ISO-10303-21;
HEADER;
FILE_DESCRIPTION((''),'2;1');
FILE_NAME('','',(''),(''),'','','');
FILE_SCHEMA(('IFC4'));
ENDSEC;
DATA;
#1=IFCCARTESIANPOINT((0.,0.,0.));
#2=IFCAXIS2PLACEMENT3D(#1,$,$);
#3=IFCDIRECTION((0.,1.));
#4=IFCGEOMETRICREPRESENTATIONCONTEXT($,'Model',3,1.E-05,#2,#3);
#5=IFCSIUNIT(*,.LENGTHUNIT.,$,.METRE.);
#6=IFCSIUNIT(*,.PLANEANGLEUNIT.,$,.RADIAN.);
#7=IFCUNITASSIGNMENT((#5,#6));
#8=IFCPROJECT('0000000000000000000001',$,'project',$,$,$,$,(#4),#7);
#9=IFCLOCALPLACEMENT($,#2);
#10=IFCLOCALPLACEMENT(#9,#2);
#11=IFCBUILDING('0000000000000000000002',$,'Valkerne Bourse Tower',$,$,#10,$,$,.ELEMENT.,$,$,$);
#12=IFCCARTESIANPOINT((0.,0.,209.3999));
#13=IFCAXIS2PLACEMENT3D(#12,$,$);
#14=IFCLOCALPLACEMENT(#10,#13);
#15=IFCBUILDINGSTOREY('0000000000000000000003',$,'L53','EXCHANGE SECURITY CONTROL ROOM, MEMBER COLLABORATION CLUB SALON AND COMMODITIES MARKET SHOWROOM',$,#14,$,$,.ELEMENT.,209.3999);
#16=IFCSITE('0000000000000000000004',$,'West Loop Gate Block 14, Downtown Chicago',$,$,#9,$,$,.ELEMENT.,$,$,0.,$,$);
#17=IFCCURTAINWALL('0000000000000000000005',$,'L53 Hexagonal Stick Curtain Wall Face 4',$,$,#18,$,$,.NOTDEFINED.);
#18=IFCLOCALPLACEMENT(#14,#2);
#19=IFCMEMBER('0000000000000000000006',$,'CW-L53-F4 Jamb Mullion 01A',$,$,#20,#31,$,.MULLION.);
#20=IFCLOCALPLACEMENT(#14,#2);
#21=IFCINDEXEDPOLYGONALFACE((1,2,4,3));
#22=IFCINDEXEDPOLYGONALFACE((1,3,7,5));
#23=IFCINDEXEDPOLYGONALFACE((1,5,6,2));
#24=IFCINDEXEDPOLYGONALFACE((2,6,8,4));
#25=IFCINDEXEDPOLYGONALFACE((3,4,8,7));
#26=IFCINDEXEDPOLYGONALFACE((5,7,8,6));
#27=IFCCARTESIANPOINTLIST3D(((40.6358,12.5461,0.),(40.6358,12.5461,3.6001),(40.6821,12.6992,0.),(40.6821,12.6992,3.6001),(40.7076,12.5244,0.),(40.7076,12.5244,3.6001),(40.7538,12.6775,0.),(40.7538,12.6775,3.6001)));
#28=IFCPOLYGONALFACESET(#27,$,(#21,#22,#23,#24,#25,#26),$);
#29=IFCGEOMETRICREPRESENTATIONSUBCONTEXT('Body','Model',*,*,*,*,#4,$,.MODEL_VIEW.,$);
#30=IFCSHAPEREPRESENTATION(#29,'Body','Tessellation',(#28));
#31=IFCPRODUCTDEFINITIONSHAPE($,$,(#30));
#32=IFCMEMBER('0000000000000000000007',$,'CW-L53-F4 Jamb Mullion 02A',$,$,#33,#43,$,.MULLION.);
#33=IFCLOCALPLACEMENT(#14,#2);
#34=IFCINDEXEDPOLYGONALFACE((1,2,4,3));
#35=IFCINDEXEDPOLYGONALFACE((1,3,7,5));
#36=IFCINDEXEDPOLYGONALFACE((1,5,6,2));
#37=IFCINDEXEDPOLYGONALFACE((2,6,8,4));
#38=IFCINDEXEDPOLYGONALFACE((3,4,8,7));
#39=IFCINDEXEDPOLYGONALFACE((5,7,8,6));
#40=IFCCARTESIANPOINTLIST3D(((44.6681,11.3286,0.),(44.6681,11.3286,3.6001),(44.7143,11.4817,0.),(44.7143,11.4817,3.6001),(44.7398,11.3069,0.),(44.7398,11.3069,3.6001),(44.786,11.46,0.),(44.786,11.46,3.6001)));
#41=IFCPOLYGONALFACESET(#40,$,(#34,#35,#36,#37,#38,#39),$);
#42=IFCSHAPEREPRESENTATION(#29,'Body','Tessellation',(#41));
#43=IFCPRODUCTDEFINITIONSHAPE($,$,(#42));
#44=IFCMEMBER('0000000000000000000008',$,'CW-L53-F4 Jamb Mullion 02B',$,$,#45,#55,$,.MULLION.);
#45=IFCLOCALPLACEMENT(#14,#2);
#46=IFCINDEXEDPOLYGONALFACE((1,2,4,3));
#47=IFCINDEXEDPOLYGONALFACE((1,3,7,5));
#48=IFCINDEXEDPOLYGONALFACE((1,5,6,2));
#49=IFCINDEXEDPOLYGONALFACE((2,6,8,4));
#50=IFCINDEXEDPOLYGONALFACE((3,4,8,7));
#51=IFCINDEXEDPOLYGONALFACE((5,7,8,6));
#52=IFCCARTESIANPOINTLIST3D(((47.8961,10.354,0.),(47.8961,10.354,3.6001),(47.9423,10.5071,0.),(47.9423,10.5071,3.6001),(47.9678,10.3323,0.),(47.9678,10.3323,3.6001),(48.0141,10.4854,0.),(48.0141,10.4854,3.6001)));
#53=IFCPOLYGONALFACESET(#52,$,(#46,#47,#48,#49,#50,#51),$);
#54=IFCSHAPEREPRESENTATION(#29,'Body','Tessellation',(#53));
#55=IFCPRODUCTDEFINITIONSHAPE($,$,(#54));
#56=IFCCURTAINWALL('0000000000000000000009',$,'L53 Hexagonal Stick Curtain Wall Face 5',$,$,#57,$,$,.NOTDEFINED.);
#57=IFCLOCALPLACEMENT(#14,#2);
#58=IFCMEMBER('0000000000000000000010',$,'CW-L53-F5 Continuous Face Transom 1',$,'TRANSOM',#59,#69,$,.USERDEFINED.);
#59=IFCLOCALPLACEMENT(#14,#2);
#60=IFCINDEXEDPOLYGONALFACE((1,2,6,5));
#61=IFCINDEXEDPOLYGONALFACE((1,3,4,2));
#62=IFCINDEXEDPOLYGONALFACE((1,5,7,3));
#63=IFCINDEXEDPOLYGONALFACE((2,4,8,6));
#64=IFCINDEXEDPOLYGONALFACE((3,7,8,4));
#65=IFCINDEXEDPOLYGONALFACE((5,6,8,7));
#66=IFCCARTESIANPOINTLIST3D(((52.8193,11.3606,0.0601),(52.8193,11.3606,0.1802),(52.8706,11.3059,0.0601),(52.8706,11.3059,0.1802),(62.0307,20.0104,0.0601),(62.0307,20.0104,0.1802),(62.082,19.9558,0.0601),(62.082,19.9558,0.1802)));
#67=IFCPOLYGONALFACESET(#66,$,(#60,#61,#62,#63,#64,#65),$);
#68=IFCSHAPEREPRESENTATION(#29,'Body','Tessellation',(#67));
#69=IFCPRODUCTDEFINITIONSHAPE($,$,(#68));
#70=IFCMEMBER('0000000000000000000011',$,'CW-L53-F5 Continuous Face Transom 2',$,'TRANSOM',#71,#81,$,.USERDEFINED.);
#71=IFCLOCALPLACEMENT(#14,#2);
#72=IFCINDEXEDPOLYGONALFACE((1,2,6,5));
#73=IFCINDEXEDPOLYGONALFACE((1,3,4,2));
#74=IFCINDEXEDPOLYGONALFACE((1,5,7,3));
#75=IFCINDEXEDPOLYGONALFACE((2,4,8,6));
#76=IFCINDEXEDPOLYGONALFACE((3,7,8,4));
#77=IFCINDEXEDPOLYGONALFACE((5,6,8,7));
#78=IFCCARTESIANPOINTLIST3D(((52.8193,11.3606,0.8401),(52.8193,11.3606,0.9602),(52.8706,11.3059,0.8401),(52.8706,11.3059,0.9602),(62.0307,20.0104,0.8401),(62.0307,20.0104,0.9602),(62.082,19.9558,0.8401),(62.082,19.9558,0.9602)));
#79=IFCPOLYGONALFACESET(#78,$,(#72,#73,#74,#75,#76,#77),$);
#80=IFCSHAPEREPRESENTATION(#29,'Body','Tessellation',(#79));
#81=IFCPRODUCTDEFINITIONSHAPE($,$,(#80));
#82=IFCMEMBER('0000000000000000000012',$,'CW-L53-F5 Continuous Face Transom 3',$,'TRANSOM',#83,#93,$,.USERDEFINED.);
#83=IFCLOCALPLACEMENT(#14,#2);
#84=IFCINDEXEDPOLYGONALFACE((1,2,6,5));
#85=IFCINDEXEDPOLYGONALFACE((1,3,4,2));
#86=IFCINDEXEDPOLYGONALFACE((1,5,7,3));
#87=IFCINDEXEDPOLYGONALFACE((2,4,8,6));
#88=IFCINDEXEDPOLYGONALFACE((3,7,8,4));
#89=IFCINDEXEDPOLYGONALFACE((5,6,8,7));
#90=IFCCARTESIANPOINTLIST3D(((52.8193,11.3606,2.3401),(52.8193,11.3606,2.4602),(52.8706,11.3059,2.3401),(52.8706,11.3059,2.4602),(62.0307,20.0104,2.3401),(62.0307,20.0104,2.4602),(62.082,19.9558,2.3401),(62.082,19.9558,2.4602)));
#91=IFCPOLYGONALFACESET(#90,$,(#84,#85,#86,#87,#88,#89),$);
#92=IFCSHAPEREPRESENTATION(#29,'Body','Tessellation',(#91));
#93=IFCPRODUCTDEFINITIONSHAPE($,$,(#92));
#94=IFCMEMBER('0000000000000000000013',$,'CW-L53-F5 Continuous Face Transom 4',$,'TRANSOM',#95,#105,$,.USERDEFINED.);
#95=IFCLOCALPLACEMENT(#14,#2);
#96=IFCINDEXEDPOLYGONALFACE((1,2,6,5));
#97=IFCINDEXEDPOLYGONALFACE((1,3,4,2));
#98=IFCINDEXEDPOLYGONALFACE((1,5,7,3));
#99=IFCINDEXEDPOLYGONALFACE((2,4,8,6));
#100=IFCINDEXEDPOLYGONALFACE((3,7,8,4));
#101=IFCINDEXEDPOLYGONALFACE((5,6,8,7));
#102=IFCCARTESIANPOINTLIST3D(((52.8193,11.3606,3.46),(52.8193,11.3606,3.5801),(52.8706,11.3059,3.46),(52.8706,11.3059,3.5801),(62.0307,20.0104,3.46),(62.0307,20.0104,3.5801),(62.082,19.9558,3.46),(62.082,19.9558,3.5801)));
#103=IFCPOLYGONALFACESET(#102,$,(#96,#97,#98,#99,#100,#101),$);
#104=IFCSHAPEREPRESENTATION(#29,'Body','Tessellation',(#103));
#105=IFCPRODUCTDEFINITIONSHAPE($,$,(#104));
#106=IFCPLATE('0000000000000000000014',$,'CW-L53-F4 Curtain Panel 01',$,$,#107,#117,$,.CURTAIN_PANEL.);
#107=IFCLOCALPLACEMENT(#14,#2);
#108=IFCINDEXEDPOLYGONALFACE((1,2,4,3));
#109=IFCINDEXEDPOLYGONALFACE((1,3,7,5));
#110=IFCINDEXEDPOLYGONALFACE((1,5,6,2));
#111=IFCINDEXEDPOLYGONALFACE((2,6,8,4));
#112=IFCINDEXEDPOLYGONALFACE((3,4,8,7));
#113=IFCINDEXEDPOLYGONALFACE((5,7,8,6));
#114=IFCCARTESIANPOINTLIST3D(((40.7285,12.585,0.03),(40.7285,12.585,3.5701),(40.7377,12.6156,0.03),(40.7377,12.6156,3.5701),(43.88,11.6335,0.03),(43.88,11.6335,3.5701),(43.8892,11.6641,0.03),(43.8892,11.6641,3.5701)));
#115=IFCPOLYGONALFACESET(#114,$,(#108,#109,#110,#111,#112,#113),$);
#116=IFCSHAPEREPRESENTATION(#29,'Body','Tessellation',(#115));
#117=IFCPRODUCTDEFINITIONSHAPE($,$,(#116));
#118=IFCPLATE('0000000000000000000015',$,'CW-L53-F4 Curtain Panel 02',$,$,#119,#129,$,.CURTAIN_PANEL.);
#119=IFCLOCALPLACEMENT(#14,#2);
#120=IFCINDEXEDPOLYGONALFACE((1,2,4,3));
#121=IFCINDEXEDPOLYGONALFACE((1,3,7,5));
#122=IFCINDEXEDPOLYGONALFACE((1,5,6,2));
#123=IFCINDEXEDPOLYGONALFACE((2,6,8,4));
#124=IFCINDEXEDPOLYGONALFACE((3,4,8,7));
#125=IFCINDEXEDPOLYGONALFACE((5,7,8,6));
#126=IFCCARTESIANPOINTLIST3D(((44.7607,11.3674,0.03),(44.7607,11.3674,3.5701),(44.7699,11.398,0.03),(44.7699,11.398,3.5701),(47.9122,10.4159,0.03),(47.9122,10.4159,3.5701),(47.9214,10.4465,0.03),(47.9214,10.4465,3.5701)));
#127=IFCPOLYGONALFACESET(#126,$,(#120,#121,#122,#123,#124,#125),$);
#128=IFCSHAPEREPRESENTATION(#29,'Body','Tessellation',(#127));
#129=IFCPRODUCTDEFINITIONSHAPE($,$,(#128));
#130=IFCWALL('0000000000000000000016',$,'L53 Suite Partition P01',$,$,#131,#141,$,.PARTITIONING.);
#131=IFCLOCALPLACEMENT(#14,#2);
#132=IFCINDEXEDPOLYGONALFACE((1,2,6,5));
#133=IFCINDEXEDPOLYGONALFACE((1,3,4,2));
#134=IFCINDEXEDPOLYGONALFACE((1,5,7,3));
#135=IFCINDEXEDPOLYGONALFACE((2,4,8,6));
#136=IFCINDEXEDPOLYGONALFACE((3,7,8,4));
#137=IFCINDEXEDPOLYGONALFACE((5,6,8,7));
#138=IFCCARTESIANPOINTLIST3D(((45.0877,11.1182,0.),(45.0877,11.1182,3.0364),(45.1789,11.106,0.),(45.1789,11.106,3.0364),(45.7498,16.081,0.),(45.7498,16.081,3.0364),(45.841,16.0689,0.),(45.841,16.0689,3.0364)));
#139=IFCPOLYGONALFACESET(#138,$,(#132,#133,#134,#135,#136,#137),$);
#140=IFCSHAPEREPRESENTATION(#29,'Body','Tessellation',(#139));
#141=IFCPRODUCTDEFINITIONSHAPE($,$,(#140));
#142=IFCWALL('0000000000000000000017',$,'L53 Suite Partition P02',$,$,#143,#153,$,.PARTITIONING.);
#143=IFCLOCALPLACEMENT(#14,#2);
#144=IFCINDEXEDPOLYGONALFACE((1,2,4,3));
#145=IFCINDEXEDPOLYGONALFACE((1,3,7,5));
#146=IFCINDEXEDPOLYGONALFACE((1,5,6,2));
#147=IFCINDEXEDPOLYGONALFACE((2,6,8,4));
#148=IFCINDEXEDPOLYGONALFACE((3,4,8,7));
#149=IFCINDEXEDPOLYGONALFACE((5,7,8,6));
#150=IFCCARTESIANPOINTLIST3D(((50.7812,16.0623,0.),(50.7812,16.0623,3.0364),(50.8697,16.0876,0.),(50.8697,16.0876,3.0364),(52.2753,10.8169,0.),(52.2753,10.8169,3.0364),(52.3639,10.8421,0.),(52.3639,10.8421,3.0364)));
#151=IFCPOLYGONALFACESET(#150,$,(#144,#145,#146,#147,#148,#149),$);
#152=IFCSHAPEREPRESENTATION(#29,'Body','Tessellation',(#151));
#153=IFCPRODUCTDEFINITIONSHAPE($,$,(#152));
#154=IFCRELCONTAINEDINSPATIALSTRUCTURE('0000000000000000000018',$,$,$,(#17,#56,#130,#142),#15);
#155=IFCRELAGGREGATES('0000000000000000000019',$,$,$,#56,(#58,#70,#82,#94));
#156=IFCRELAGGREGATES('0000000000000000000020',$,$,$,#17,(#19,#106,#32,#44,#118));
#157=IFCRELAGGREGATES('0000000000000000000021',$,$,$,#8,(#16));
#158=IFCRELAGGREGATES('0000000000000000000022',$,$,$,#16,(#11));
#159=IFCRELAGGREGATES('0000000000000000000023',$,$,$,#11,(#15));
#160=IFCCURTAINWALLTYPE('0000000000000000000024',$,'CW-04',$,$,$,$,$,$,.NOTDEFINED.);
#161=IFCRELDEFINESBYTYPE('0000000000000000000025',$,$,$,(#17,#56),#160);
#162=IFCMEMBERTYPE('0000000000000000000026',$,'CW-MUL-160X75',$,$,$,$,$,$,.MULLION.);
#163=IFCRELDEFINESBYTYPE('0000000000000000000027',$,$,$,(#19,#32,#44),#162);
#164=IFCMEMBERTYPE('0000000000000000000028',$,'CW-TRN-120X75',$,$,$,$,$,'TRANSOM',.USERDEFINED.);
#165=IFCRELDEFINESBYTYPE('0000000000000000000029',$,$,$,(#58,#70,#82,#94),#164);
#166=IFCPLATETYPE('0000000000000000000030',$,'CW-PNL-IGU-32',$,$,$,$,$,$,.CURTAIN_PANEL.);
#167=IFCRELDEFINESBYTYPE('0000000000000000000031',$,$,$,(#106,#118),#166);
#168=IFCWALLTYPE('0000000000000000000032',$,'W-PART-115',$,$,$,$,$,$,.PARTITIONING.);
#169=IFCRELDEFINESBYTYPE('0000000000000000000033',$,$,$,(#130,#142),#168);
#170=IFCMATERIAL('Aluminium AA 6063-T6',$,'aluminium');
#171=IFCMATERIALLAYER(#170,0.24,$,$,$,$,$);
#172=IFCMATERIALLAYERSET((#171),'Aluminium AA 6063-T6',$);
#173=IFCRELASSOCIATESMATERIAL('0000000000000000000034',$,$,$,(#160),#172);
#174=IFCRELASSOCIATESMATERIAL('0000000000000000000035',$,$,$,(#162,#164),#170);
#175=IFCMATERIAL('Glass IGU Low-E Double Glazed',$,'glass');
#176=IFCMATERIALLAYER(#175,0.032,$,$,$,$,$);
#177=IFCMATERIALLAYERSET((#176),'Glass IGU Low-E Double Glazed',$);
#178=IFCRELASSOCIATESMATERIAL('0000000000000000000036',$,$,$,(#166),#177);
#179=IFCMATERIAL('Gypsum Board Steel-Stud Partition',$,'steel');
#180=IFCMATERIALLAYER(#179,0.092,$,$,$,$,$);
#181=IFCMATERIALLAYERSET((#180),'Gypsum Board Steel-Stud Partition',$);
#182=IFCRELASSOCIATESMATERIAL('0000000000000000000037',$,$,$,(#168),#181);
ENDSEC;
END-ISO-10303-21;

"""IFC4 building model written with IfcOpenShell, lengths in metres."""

from ifc_helpers import new_model, si_unit, direction, frame, frame_2d, origin, origin_2d, place, context, subcontext, project, spatial, rectangle, extrude, material, layer, layer_set, material_profile, profile_set, type_object, element, aggregate, save


model = new_model("IFC4")

# Units and contexts
model_context = context("Model", 3, precision=1e-05, world=origin(), true_north=direction((0.0, 1.0)))
body_context = subcontext(model_context, "Body", "Model", "MODEL_VIEW")
ifc_project = project(units=[si_unit("LENGTHUNIT", "METRE"), si_unit("PLANEANGLEUNIT", "RADIAN")], contexts=[model_context])

# Site, building, storey
site_placement = place(None, origin())
site = spatial("IfcSite", under=ifc_project, at=site_placement, Name="West Loop Gate Block 14, Downtown Chicago", CompositionType="ELEMENT", RefElevation=0.0)
building_placement = place(site_placement, origin())
building = spatial("IfcBuilding", under=site, at=building_placement, Name="Valkerne Bourse Tower", CompositionType="ELEMENT")
storey_placement = place(building_placement, frame((0.0, 0.0, 209.3999)))
storey = spatial("IfcBuildingStorey", under=building, at=storey_placement, Name="L53", Description="EXCHANGE SECURITY CONTROL ROOM, MEMBER COLLABORATION CLUB SALON AND COMMODITIES MARKET SHOWROOM", CompositionType="ELEMENT", Elevation=209.3999)

# Curtain walls, members
ifc_material_1 = material(Name="Aluminium AA 6063-T6", Category="aluminium")
ifc_layer_1 = layer(ifc_material_1, 0.24)
ifc_layer_set_1 = layer_set([ifc_layer_1], Name="Aluminium AA 6063-T6")
curtain_wall_type = type_object("IfcCurtainWallType", Name="CW-04", PredefinedType="NOTDEFINED", material=ifc_layer_set_1)
curtain_wall_1_placement = place(storey_placement, origin())
curtain_wall_1 = element("IfcCurtainWall", 1, at=curtain_wall_1_placement, inside=storey, type_object=curtain_wall_type, Name="L53 Hexagonal Stick Curtain Wall Face 4", PredefinedType="NOTDEFINED")
ifc_material_profile_1 = material_profile(ifc_material_1, rectangle(XDim=0.075, YDim=0.1599, at=origin_2d()), Name="CWM-75X160")
ifc_profile_set_1 = profile_set([ifc_material_profile_1], Name="Aluminium AA 6063-T6")
member_type_1 = type_object("IfcMemberType", Name="CW-MUL-160X75", PredefinedType="MULLION", material=ifc_profile_set_1)
member_1_placement = place(storey_placement, frame((40.6948, 12.6118, 0.0), z_axis=(0.0, 0.0, 1.0), x_axis=(0.957319, -0.289033, 0.0)))
member_1 = element("IfcMember", 2, at=member_1_placement, type_object=member_type_1, Name="CW-L53-F4 Jamb Mullion 01A", PredefinedType="MULLION", context=body_context, shape_type="SweptSolid", body=[
    extrude(rectangle(XDim=0.075, YDim=0.1599, at=origin_2d()), origin(), (0.0, 0.0, 1.0), 3.6001),
])
member_2_placement = place(storey_placement, frame((44.7271, 11.3943, 0.0), z_axis=(0.0, 0.0, 1.0), x_axis=(0.957319, -0.289033, 0.0)))
member_2 = element("IfcMember", 3, at=member_2_placement, type_object=member_type_1, Name="CW-L53-F4 Jamb Mullion 02A", PredefinedType="MULLION", context=body_context, shape_type="SweptSolid", body=[
    extrude(rectangle(XDim=0.075, YDim=0.1599, at=origin_2d()), origin(), (0.0, 0.0, 1.0), 3.6001),
])
member_3_placement = place(storey_placement, frame((47.9551, 10.4197, 0.0), z_axis=(0.0, 0.0, 1.0), x_axis=(0.957319, -0.289033, 0.0)))
member_3 = element("IfcMember", 4, at=member_3_placement, type_object=member_type_1, Name="CW-L53-F4 Jamb Mullion 02B", PredefinedType="MULLION", context=body_context, shape_type="SweptSolid", body=[
    extrude(rectangle(XDim=0.075, YDim=0.1599, at=origin_2d()), origin(), (0.0, 0.0, 1.0), 3.6001),
])
curtain_wall_2_placement = place(storey_placement, origin())
curtain_wall_2 = element("IfcCurtainWall", 5, at=curtain_wall_2_placement, inside=storey, type_object=curtain_wall_type, Name="L53 Hexagonal Stick Curtain Wall Face 5", PredefinedType="NOTDEFINED")
ifc_material_profile_2 = material_profile(ifc_material_1, rectangle(XDim=0.075, YDim=0.1201, at=origin_2d()), Name="CWT-75X120")
ifc_profile_set_2 = profile_set([ifc_material_profile_2], Name="Aluminium AA 6063-T6")
member_type_2 = type_object("IfcMemberType", Name="CW-TRN-120X75", ElementType="TRANSOM", PredefinedType="USERDEFINED", material=ifc_profile_set_2)
member_4_placement = place(storey_placement, frame((52.845, 11.3333, 0.1201), z_axis=(0.728977, 0.684539, 0.0), x_axis=(-0.684539, 0.728977, 0.0)))
member_4 = element("IfcMember", 6, at=member_4_placement, type_object=member_type_2, Name="CW-L53-F5 Continuous Face Transom 1", ObjectType="TRANSOM", PredefinedType="USERDEFINED", context=body_context, shape_type="SweptSolid", body=[
    extrude(rectangle(XDim=0.075, YDim=0.1201, at=origin_2d()), origin(), (0.0, 0.0, 1.0), 12.636),
])
member_5_placement = place(storey_placement, frame((52.845, 11.3333, 0.9001), z_axis=(0.728977, 0.684539, 0.0), x_axis=(-0.684539, 0.728977, 0.0)))
member_5 = element("IfcMember", 7, at=member_5_placement, type_object=member_type_2, Name="CW-L53-F5 Continuous Face Transom 2", ObjectType="TRANSOM", PredefinedType="USERDEFINED", context=body_context, shape_type="SweptSolid", body=[
    extrude(rectangle(XDim=0.075, YDim=0.1201, at=origin_2d()), origin(), (0.0, 0.0, 1.0), 12.636),
])
member_6_placement = place(storey_placement, frame((52.845, 11.3333, 2.4001), z_axis=(0.728977, 0.684539, 0.0), x_axis=(-0.684539, 0.728977, 0.0)))
member_6 = element("IfcMember", 8, at=member_6_placement, type_object=member_type_2, Name="CW-L53-F5 Continuous Face Transom 3", ObjectType="TRANSOM", PredefinedType="USERDEFINED", context=body_context, shape_type="SweptSolid", body=[
    extrude(rectangle(XDim=0.075, YDim=0.1201, at=origin_2d()), origin(), (0.0, 0.0, 1.0), 12.636),
])
member_7_placement = place(storey_placement, frame((52.845, 11.3333, 3.52), z_axis=(0.728977, 0.684539, 0.0), x_axis=(-0.684539, 0.728977, 0.0)))
member_7 = element("IfcMember", 9, at=member_7_placement, type_object=member_type_2, Name="CW-L53-F5 Continuous Face Transom 4", ObjectType="TRANSOM", PredefinedType="USERDEFINED", context=body_context, shape_type="SweptSolid", body=[
    extrude(rectangle(XDim=0.075, YDim=0.1201, at=origin_2d()), origin(), (0.0, 0.0, 1.0), 12.636),
])
aggregate(curtain_wall_2, [member_4, member_5, member_6, member_7])

# Plates
ifc_material_2 = material(Name="Glass IGU Low-E Double Glazed", Category="glass")
ifc_layer_2 = layer(ifc_material_2, 0.032)
ifc_layer_set_2 = layer_set([ifc_layer_2], Name="Glass IGU Low-E Double Glazed")
plate_type = type_object("IfcPlateType", Name="CW-PNL-IGU-32", PredefinedType="CURTAIN_PANEL", material=ifc_layer_set_2)
plate_1_placement = place(storey_placement, frame((42.3088, 12.1245, 0.03), z_axis=(0.0, 0.0, 1.0), x_axis=(0.957319, -0.289033, 0.0)))
plate_1 = element("IfcPlate", 10, at=plate_1_placement, type_object=plate_type, Name="CW-L53-F4 Curtain Panel 01", PredefinedType="CURTAIN_PANEL", context=body_context, shape_type="SweptSolid", body=[
    extrude(rectangle(XDim=3.292, YDim=0.032, at=origin_2d()), origin(), (0.0, 0.0, 1.0), 3.54),
])
plate_2_placement = place(storey_placement, frame((46.3411, 10.907, 0.03), z_axis=(0.0, 0.0, 1.0), x_axis=(0.957319, -0.289033, 0.0)))
plate_2 = element("IfcPlate", 11, at=plate_2_placement, type_object=plate_type, Name="CW-L53-F4 Curtain Panel 02", PredefinedType="CURTAIN_PANEL", context=body_context, shape_type="SweptSolid", body=[
    extrude(rectangle(XDim=3.292, YDim=0.032, at=origin_2d()), origin(), (0.0, 0.0, 1.0), 3.54),
])
aggregate(curtain_wall_1, [member_1, plate_1, member_2, member_3, plate_2])

# Walls
ifc_material_3 = material(Name="Gypsum Board Steel-Stud Partition", Category="steel")
ifc_layer_3 = layer(ifc_material_3, 0.092)
ifc_layer_set_3 = layer_set([ifc_layer_3], Name="Gypsum Board Steel-Stud Partition")
wall_type = type_object("IfcWallType", Name="W-PART-115", PredefinedType="PARTITIONING", material=ifc_layer_set_3)
wall_1_placement = place(storey_placement, frame((45.7954, 16.075, 0.0), z_axis=(0.0, 0.0, 1.0), x_axis=(-0.13224, -0.991218, 0.0)))
element("IfcWall", 12, at=wall_1_placement, inside=storey, type_object=wall_type, Name="L53 Suite Partition P01", PredefinedType="PARTITIONING", context=body_context, shape_type="SweptSolid", body=[
    extrude(rectangle(XDim=5.0068, YDim=0.092, at=frame_2d((2.5034, 0.0))), origin(), (0.0, 0.0, 1.0), 3.0364),
])
wall_2_placement = place(storey_placement, frame((50.8254, 16.075, 0.0), z_axis=(0.0, 0.0, 1.0), x_axis=(0.273952, -0.961743, 0.0)))
element("IfcWall", 13, at=wall_2_placement, inside=storey, type_object=wall_type, Name="L53 Suite Partition P02", PredefinedType="PARTITIONING", context=body_context, shape_type="SweptSolid", body=[
    extrude(rectangle(XDim=5.4541, YDim=0.092, at=frame_2d((2.7271, 0.0))), origin(), (0.0, 0.0, 1.0), 3.0364),
])

save(model, "model.ifc")
